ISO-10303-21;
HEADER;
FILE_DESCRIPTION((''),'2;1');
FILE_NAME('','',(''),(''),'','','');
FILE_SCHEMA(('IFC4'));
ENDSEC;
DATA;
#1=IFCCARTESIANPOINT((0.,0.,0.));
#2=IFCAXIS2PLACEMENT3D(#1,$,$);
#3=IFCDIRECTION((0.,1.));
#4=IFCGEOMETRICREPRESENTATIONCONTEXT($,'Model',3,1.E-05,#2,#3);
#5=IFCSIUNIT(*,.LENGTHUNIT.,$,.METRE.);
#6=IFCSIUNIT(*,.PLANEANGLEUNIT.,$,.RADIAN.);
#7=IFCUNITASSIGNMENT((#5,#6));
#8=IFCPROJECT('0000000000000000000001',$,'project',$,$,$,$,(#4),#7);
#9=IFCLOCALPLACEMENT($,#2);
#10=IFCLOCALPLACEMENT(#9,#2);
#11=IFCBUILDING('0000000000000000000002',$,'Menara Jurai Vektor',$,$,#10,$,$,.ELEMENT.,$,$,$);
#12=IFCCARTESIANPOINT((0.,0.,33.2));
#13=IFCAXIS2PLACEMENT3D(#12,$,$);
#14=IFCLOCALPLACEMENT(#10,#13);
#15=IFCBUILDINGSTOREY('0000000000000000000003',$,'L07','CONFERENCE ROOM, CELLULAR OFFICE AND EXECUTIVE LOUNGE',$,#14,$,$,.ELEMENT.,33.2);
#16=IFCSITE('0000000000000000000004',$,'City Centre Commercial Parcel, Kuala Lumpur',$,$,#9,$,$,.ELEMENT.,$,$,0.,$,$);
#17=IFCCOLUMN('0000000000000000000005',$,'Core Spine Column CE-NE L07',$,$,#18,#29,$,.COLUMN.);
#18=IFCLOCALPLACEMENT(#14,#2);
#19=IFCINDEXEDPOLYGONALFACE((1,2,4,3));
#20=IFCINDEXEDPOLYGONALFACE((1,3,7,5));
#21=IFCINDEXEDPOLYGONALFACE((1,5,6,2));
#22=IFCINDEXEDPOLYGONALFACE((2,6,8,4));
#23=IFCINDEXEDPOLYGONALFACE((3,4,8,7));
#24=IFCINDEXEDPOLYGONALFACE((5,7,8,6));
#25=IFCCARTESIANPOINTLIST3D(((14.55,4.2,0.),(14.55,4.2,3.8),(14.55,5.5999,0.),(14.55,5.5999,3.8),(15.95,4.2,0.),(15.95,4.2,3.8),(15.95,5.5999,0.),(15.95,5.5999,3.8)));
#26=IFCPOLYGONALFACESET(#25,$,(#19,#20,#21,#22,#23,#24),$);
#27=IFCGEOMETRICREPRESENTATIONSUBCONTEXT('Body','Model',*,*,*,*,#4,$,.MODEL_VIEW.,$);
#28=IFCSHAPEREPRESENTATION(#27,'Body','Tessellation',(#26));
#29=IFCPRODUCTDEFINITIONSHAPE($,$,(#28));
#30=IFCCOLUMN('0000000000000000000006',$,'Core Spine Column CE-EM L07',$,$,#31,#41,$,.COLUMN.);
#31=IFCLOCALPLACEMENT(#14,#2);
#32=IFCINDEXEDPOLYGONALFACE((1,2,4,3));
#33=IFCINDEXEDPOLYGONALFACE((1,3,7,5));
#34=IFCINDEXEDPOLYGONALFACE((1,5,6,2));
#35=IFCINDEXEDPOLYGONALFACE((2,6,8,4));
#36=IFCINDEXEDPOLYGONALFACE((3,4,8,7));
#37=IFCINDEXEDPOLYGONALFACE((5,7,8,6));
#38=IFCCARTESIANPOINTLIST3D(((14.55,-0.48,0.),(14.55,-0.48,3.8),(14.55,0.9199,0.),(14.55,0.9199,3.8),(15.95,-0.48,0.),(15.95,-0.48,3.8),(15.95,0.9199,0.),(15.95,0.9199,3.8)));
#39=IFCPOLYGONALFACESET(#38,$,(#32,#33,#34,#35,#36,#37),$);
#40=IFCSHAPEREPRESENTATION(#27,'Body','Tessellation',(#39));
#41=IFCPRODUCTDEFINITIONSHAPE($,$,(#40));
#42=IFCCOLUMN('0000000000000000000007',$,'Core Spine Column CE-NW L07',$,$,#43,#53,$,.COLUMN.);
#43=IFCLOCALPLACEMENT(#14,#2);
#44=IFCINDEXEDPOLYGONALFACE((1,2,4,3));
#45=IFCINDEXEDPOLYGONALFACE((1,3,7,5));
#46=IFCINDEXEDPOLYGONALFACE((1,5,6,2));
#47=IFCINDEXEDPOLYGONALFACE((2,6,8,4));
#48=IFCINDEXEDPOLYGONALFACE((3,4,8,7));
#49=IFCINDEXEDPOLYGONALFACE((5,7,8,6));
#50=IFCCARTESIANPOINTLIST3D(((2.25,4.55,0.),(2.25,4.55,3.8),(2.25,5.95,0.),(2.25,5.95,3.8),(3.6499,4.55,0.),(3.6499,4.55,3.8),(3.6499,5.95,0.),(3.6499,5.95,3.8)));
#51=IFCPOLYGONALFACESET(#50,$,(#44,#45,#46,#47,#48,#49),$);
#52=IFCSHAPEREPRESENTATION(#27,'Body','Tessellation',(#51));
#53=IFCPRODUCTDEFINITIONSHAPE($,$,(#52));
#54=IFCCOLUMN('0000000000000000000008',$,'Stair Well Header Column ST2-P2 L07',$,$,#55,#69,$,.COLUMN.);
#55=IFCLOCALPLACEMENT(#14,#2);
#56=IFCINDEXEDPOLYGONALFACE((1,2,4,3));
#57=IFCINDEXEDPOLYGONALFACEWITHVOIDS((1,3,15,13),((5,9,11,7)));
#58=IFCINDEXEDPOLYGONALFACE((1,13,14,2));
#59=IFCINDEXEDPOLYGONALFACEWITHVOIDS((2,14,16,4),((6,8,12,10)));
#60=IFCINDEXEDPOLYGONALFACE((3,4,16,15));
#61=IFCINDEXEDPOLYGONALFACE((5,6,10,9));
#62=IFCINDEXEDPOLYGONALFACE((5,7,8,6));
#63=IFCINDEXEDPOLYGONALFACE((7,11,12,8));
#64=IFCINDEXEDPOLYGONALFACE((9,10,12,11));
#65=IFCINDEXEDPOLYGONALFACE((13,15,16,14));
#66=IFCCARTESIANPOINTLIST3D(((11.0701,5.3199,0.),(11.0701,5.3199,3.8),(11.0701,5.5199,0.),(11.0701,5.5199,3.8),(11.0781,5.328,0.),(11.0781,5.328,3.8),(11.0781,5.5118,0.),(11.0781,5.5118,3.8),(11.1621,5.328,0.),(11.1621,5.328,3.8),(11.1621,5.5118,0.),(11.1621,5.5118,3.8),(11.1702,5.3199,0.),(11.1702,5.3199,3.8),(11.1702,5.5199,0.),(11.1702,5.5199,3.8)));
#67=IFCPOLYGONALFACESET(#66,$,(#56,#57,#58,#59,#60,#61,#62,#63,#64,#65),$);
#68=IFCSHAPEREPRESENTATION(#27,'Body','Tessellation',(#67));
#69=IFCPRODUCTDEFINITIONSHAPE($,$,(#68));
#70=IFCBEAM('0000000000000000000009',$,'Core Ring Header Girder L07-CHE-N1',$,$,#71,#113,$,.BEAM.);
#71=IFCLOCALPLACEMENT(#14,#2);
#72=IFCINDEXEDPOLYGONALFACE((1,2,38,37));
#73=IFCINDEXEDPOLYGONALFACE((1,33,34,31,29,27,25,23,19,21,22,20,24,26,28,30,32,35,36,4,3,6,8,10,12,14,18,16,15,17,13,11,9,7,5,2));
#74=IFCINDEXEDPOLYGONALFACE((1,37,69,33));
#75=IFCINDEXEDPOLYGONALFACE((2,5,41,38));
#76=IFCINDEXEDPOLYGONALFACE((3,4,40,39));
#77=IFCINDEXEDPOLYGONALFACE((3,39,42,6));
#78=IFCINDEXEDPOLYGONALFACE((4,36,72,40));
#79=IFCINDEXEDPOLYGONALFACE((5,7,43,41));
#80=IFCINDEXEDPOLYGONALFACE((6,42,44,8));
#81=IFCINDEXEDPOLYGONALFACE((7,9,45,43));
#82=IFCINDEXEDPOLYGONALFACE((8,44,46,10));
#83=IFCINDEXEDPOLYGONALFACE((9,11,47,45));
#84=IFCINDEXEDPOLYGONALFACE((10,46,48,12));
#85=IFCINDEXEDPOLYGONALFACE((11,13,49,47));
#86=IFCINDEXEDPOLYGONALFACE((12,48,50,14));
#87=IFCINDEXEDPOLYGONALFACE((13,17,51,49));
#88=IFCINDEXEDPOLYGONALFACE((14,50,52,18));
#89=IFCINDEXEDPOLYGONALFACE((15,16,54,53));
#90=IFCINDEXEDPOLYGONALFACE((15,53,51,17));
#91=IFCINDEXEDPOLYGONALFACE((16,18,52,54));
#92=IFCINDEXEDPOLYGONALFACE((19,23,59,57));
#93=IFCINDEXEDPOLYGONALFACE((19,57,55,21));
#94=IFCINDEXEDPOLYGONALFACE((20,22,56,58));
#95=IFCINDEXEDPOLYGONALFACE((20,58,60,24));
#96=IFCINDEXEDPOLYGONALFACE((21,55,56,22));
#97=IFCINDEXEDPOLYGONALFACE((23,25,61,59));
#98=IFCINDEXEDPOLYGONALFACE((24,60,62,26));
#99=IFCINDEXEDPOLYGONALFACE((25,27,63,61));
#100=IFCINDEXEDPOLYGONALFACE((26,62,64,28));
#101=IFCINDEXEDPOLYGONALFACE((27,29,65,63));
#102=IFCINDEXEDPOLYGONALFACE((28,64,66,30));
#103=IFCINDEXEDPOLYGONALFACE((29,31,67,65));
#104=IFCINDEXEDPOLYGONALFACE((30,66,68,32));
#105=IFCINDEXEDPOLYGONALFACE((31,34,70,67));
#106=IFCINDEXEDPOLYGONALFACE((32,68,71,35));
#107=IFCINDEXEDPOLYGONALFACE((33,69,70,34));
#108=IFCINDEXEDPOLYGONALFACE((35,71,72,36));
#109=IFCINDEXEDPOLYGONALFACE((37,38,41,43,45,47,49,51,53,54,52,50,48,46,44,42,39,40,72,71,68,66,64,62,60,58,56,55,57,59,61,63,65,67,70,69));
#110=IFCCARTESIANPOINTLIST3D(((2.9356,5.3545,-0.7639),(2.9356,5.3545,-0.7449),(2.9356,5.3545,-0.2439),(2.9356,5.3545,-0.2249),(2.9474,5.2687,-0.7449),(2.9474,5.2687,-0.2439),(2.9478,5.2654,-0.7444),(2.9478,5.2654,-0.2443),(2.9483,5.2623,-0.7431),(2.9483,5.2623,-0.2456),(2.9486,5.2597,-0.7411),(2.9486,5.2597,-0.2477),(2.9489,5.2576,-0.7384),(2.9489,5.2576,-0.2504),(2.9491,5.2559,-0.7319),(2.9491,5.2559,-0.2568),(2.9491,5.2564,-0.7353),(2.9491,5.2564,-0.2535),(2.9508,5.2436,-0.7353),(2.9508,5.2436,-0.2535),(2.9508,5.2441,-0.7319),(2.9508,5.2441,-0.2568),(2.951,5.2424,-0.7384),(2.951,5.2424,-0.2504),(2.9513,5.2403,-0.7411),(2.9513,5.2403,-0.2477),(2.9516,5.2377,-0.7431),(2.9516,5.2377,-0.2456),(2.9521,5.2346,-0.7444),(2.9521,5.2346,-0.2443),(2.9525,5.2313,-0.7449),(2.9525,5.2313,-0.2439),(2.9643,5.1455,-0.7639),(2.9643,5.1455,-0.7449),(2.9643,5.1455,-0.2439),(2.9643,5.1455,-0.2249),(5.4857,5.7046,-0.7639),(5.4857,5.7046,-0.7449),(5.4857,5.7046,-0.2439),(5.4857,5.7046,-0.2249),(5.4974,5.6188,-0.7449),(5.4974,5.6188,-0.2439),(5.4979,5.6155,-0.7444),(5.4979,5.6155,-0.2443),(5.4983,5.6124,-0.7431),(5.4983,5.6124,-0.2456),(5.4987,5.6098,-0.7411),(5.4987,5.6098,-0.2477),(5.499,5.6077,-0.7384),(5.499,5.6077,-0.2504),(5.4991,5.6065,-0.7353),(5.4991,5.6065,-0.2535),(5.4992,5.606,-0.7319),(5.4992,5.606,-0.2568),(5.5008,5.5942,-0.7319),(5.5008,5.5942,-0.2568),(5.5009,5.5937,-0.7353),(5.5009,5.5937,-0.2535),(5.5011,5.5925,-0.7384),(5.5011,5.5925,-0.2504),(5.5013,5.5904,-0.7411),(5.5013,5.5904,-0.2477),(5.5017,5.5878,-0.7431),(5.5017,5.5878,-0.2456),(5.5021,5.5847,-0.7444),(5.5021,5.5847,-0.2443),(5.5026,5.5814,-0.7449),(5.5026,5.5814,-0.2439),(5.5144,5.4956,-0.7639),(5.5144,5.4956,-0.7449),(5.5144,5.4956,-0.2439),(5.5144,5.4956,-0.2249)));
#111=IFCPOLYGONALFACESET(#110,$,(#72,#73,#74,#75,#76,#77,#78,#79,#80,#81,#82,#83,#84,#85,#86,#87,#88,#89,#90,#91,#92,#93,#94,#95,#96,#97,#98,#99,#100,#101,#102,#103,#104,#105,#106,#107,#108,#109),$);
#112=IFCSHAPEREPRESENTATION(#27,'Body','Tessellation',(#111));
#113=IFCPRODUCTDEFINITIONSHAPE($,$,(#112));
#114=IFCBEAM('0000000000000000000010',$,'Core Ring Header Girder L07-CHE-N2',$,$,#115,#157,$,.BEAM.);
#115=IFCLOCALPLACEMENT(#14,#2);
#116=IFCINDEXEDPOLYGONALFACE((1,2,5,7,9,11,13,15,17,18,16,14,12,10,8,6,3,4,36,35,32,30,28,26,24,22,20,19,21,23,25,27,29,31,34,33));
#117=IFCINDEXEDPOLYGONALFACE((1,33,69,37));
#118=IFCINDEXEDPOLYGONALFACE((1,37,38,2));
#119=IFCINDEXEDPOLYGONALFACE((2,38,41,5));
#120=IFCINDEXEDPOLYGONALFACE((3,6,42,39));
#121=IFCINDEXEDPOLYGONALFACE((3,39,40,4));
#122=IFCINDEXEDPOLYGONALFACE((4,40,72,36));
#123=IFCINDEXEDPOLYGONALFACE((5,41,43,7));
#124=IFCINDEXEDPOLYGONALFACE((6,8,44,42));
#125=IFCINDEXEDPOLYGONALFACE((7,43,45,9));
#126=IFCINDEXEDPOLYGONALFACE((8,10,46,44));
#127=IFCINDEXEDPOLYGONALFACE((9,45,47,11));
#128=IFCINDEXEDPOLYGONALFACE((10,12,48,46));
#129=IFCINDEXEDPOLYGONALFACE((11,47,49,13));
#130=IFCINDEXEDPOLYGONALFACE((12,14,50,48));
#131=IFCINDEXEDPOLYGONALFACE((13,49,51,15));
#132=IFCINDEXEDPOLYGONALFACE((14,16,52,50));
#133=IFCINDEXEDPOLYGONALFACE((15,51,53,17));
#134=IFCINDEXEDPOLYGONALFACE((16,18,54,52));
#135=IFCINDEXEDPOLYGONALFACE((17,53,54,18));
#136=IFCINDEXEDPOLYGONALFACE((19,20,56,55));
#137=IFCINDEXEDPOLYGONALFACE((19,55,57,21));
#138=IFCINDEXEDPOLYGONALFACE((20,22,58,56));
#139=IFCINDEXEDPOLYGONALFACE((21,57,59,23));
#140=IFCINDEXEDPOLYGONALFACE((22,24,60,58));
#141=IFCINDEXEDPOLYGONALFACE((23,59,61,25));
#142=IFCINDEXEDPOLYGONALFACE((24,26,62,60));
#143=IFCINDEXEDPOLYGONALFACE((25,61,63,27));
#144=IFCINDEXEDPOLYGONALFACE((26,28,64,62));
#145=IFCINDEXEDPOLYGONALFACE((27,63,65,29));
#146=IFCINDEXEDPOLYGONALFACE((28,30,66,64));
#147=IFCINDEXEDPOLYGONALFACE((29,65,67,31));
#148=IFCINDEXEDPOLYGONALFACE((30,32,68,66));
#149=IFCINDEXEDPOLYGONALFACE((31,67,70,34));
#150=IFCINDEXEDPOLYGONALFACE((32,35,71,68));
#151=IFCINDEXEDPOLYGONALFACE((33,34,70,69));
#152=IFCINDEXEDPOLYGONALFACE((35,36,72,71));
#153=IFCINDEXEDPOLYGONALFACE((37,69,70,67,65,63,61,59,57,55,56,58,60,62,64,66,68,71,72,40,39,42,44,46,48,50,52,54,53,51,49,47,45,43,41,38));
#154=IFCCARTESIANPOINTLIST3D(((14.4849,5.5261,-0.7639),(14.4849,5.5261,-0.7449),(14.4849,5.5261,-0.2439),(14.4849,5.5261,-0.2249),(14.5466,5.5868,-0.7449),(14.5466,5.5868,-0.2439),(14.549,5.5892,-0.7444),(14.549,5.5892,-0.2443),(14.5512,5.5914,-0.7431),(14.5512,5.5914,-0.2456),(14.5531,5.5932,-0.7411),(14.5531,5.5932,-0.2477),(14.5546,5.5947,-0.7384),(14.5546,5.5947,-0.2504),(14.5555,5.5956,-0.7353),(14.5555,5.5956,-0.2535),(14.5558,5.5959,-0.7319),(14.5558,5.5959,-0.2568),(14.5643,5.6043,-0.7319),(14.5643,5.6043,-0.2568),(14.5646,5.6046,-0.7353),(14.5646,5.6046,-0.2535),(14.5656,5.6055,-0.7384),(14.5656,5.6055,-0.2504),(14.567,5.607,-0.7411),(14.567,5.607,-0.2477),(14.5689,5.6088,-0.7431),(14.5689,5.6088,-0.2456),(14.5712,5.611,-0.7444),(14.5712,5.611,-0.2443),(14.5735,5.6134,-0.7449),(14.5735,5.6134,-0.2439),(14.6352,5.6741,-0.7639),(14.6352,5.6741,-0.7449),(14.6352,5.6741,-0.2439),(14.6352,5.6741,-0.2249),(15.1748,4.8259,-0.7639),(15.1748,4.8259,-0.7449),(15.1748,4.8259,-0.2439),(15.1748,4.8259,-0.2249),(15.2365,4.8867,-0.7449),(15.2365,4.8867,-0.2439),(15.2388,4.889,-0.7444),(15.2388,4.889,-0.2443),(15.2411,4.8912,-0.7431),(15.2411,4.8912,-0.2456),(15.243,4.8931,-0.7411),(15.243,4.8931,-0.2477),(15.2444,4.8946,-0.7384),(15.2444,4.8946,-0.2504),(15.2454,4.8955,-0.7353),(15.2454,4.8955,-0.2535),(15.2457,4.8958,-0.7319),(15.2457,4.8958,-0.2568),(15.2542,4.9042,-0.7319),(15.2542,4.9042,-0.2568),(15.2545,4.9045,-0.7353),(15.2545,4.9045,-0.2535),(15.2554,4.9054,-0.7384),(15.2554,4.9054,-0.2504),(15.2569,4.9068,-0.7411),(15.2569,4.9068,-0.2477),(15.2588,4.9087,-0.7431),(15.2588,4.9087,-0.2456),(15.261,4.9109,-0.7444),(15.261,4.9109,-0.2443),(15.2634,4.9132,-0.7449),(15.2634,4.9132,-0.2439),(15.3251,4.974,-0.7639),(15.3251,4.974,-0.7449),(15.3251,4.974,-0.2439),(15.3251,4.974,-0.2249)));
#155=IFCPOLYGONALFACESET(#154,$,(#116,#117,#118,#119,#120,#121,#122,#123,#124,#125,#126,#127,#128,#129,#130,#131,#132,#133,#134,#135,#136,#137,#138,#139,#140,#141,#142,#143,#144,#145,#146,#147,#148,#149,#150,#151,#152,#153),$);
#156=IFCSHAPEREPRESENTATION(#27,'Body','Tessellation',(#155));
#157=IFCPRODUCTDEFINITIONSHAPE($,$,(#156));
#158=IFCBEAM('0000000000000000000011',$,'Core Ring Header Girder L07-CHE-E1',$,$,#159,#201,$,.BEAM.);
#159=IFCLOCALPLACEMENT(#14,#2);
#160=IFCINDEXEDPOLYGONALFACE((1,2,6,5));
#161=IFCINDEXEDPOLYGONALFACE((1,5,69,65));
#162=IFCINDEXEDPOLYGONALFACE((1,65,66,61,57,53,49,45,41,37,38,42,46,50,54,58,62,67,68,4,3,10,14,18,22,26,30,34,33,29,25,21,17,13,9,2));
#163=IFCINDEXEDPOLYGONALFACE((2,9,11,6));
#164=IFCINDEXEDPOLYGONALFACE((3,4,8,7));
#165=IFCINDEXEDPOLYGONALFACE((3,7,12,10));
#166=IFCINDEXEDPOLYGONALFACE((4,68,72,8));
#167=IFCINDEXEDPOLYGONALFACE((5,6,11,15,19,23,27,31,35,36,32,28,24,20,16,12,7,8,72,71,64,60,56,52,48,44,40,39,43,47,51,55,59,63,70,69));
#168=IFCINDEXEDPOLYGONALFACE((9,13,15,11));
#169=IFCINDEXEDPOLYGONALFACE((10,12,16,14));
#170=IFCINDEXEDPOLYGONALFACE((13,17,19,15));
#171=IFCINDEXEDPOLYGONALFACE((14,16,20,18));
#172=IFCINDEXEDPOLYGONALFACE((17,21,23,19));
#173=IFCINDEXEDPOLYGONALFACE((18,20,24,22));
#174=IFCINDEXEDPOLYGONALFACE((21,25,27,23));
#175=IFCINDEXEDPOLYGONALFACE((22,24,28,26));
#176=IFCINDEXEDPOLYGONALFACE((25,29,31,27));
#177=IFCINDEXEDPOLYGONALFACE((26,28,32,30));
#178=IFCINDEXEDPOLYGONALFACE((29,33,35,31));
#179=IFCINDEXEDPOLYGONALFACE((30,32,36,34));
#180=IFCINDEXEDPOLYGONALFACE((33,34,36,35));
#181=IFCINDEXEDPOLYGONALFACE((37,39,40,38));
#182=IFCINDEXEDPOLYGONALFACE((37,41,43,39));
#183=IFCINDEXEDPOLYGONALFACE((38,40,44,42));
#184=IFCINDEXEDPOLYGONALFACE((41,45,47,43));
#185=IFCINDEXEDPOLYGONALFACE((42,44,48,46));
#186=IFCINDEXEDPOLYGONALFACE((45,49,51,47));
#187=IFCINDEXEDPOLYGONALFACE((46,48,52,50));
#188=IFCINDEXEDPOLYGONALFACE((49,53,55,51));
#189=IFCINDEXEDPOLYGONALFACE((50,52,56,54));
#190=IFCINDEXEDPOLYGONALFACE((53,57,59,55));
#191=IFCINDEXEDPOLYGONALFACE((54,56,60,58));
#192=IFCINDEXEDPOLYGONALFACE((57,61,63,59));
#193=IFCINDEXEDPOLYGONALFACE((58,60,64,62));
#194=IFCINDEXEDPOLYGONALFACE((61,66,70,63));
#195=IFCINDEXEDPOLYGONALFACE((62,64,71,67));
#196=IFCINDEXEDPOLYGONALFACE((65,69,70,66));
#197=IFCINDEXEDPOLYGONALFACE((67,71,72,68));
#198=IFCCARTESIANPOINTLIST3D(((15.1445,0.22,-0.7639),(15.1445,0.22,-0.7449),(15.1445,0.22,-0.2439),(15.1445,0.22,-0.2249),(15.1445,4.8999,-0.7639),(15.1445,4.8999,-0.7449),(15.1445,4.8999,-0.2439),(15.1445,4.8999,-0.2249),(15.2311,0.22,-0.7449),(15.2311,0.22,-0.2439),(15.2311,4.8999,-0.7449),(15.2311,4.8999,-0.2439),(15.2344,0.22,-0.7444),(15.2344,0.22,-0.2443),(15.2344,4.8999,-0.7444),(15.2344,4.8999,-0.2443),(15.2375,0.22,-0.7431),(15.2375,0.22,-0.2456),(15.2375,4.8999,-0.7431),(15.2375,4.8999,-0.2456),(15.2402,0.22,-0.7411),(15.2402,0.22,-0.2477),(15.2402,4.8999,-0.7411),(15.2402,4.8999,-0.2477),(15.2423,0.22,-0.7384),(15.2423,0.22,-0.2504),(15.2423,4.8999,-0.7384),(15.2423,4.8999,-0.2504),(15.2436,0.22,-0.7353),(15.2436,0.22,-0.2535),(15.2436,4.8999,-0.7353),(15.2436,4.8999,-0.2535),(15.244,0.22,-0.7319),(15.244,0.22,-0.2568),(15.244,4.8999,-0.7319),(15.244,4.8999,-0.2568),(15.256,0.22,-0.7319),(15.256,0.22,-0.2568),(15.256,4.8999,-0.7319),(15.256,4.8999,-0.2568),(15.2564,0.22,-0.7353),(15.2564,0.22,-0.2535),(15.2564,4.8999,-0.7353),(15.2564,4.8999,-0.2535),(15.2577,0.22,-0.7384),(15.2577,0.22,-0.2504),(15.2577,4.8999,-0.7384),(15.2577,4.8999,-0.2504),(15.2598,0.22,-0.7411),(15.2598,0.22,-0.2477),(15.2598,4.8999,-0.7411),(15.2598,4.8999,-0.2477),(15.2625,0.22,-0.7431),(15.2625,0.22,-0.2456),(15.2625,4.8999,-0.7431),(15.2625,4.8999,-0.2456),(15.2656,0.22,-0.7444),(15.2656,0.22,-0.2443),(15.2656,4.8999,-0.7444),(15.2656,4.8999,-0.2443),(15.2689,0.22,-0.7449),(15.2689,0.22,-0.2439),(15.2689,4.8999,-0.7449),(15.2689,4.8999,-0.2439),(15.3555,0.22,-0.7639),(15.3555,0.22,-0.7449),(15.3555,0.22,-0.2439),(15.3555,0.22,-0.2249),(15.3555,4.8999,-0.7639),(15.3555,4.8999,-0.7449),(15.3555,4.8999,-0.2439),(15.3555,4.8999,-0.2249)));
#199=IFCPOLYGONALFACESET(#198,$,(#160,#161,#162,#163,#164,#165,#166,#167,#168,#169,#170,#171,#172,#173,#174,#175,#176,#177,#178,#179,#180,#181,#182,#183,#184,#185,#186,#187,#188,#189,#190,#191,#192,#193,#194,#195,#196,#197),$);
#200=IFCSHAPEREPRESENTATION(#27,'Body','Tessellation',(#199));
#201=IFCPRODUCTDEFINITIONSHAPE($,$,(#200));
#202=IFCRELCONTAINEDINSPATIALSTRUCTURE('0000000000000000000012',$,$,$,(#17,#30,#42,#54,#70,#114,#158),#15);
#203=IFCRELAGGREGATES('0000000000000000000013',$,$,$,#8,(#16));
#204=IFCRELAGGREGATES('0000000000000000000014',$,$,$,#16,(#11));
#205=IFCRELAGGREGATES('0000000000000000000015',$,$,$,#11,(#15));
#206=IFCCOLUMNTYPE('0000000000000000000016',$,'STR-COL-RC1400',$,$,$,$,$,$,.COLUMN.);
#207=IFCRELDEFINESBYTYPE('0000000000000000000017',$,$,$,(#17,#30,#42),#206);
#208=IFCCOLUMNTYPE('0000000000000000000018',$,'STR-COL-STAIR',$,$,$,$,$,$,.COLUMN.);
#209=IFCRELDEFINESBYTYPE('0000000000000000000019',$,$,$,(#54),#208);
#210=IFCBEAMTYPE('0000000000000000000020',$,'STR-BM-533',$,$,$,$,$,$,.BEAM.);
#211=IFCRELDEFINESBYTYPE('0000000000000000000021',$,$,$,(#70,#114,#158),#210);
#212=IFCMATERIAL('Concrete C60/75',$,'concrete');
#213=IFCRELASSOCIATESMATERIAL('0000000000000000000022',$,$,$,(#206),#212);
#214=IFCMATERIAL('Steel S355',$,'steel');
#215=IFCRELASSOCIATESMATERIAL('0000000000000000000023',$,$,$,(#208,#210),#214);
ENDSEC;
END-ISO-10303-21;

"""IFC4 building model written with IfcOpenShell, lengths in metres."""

from ifc_helpers import new_model, si_unit, direction, frame, origin, origin_2d, place, context, subcontext, project, spatial, rectangle, hollow_rectangle, i_section, extrude, material, material_profile, profile_set, type_object, element, save


model = new_model("IFC4")

# Units and contexts
model_context = context("Model", 3, precision=1e-05, world=origin(), true_north=direction((0.0, 1.0)))
body_context = subcontext(model_context, "Body", "Model", "MODEL_VIEW")
ifc_project = project(units=[si_unit("LENGTHUNIT", "METRE"), si_unit("PLANEANGLEUNIT", "RADIAN")], contexts=[model_context])

# Site, building, storey
site_placement = place(None, origin())
site = spatial("IfcSite", under=ifc_project, at=site_placement, Name="City Centre Commercial Parcel, Kuala Lumpur", CompositionType="ELEMENT", RefElevation=0.0)
building_placement = place(site_placement, origin())
building = spatial("IfcBuilding", under=site, at=building_placement, Name="Menara Jurai Vektor", CompositionType="ELEMENT")
storey_placement = place(building_placement, frame((0.0, 0.0, 33.2)))
storey = spatial("IfcBuildingStorey", under=building, at=storey_placement, Name="L07", Description="CONFERENCE ROOM, CELLULAR OFFICE AND EXECUTIVE LOUNGE", CompositionType="ELEMENT", Elevation=33.2)

# Columns
ifc_material_1 = material(Name="Concrete C60/75", Category="concrete")
ifc_material_profile_1 = material_profile(ifc_material_1, rectangle(XDim=1.3999, YDim=1.3999, at=origin_2d()), Name="RC 1400x1400")
ifc_profile_set_1 = profile_set([ifc_material_profile_1], Name="Concrete C60/75")
column_type_1 = type_object("IfcColumnType", Name="STR-COL-RC1400", PredefinedType="COLUMN", material=ifc_profile_set_1)
for number, where, z_axis, x_axis, name in (
    (1, (15.25, 4.8999, 0.0), (0.0, 0.0, 1.0), (1.0, 0.0, 0.0), "Core Spine Column CE-NE L07"),
    (2, (15.25, 0.22, 0.0), (0.0, 0.0, 1.0), (1.0, 0.0, 0.0), "Core Spine Column CE-EM L07"),
    (3, (2.95, 5.25, 0.0), (0.0, 0.0, 1.0), (1.0, 0.0, 0.0), "Core Spine Column CE-NW L07"),
):
    element("IfcColumn", number, at=place(storey_placement, frame(where, z_axis=z_axis, x_axis=x_axis)), inside=storey, type_object=column_type_1, Name=name, PredefinedType="COLUMN", context=body_context, shape_type="SweptSolid", body=[
        extrude(rectangle(XDim=1.3999, YDim=1.3999, at=origin_2d()), origin(), (0.0, 0.0, 1.0), 3.8),
    ])
ifc_material_2 = material(Name="Steel S355", Category="steel")
ifc_material_profile_2 = material_profile(ifc_material_2, hollow_rectangle(XDim=0.1001, YDim=0.2, WallThickness=0.0081, at=origin_2d()), Name="RHS 200x100x8")
ifc_profile_set_2 = profile_set([ifc_material_profile_2], Name="Steel S355")
column_type_2 = type_object("IfcColumnType", Name="STR-COL-STAIR", PredefinedType="COLUMN", material=ifc_profile_set_2)
column_placement = place(storey_placement, frame((11.1201, 5.4199, 0.0), z_axis=(0.0, 0.0, 1.0), x_axis=(1.0, 0.0, 0.0)))
element("IfcColumn", 4, at=column_placement, inside=storey, type_object=column_type_2, Name="Stair Well Header Column ST2-P2 L07", PredefinedType="COLUMN", context=body_context, shape_type="SweptSolid", body=[
    extrude(hollow_rectangle(XDim=0.1001, YDim=0.2, WallThickness=0.0081, at=origin_2d()), origin(), (0.0, 0.0, 1.0), 3.8),
])

# Beams
ifc_material_profile_3 = material_profile(ifc_material_2, i_section(OverallWidth=0.2109, OverallDepth=0.5391, WebThickness=0.012, FlangeThickness=0.019, FilletRadius=0.0129, at=origin_2d()), Name="UKB 533x210x109")
ifc_profile_set_3 = profile_set([ifc_material_profile_3], Name="Steel S355")
beam_type_1 = type_object("IfcBeamType", Name="STR-BM-533", PredefinedType="BEAM", material=ifc_profile_set_3)
beam_1_placement = place(storey_placement, frame((2.95, 5.25, -0.4944), z_axis=(0.990707, 0.136015, 0.0), x_axis=(-0.136015, 0.990707, 0.0)))
element("IfcBeam", 5, at=beam_1_placement, inside=storey, type_object=beam_type_1, Name="Core Ring Header Girder L07-CHE-N1", PredefinedType="BEAM", context=body_context, shape_type="SweptSolid", body=[
    extrude(i_section(OverallWidth=0.2109, OverallDepth=0.5391, WebThickness=0.012, FlangeThickness=0.019, FilletRadius=0.0129, at=origin_2d()), origin(), (0.0, 0.0, 1.0), 2.574),
])
beam_2_placement = place(storey_placement, frame((14.5601, 5.6001, -0.4944), z_axis=(0.701872, -0.712303, 0.0), x_axis=(0.712303, 0.701872, 0.0)))
element("IfcBeam", 6, at=beam_2_placement, inside=storey, type_object=beam_type_1, Name="Core Ring Header Girder L07-CHE-N2", PredefinedType="BEAM", context=body_context, shape_type="SweptSolid", body=[
    extrude(i_section(OverallWidth=0.2109, OverallDepth=0.5391, WebThickness=0.012, FlangeThickness=0.019, FilletRadius=0.0129, at=origin_2d()), origin(), (0.0, 0.0, 1.0), 0.9829),
])
beam_3_placement = place(storey_placement, frame((15.25, 0.22, -0.4944), z_axis=(0.0, 1.0, 0.0), x_axis=(-1.0, 0.0, 0.0)))
element("IfcBeam", 7, at=beam_3_placement, inside=storey, type_object=beam_type_1, Name="Core Ring Header Girder L07-CHE-E1", PredefinedType="BEAM", context=body_context, shape_type="SweptSolid", body=[
    extrude(i_section(OverallWidth=0.2109, OverallDepth=0.5391, WebThickness=0.012, FlangeThickness=0.019, FilletRadius=0.0129, at=origin_2d()), origin(), (0.0, 0.0, 1.0), 4.6799),
])

save(model, "model.ifc")
